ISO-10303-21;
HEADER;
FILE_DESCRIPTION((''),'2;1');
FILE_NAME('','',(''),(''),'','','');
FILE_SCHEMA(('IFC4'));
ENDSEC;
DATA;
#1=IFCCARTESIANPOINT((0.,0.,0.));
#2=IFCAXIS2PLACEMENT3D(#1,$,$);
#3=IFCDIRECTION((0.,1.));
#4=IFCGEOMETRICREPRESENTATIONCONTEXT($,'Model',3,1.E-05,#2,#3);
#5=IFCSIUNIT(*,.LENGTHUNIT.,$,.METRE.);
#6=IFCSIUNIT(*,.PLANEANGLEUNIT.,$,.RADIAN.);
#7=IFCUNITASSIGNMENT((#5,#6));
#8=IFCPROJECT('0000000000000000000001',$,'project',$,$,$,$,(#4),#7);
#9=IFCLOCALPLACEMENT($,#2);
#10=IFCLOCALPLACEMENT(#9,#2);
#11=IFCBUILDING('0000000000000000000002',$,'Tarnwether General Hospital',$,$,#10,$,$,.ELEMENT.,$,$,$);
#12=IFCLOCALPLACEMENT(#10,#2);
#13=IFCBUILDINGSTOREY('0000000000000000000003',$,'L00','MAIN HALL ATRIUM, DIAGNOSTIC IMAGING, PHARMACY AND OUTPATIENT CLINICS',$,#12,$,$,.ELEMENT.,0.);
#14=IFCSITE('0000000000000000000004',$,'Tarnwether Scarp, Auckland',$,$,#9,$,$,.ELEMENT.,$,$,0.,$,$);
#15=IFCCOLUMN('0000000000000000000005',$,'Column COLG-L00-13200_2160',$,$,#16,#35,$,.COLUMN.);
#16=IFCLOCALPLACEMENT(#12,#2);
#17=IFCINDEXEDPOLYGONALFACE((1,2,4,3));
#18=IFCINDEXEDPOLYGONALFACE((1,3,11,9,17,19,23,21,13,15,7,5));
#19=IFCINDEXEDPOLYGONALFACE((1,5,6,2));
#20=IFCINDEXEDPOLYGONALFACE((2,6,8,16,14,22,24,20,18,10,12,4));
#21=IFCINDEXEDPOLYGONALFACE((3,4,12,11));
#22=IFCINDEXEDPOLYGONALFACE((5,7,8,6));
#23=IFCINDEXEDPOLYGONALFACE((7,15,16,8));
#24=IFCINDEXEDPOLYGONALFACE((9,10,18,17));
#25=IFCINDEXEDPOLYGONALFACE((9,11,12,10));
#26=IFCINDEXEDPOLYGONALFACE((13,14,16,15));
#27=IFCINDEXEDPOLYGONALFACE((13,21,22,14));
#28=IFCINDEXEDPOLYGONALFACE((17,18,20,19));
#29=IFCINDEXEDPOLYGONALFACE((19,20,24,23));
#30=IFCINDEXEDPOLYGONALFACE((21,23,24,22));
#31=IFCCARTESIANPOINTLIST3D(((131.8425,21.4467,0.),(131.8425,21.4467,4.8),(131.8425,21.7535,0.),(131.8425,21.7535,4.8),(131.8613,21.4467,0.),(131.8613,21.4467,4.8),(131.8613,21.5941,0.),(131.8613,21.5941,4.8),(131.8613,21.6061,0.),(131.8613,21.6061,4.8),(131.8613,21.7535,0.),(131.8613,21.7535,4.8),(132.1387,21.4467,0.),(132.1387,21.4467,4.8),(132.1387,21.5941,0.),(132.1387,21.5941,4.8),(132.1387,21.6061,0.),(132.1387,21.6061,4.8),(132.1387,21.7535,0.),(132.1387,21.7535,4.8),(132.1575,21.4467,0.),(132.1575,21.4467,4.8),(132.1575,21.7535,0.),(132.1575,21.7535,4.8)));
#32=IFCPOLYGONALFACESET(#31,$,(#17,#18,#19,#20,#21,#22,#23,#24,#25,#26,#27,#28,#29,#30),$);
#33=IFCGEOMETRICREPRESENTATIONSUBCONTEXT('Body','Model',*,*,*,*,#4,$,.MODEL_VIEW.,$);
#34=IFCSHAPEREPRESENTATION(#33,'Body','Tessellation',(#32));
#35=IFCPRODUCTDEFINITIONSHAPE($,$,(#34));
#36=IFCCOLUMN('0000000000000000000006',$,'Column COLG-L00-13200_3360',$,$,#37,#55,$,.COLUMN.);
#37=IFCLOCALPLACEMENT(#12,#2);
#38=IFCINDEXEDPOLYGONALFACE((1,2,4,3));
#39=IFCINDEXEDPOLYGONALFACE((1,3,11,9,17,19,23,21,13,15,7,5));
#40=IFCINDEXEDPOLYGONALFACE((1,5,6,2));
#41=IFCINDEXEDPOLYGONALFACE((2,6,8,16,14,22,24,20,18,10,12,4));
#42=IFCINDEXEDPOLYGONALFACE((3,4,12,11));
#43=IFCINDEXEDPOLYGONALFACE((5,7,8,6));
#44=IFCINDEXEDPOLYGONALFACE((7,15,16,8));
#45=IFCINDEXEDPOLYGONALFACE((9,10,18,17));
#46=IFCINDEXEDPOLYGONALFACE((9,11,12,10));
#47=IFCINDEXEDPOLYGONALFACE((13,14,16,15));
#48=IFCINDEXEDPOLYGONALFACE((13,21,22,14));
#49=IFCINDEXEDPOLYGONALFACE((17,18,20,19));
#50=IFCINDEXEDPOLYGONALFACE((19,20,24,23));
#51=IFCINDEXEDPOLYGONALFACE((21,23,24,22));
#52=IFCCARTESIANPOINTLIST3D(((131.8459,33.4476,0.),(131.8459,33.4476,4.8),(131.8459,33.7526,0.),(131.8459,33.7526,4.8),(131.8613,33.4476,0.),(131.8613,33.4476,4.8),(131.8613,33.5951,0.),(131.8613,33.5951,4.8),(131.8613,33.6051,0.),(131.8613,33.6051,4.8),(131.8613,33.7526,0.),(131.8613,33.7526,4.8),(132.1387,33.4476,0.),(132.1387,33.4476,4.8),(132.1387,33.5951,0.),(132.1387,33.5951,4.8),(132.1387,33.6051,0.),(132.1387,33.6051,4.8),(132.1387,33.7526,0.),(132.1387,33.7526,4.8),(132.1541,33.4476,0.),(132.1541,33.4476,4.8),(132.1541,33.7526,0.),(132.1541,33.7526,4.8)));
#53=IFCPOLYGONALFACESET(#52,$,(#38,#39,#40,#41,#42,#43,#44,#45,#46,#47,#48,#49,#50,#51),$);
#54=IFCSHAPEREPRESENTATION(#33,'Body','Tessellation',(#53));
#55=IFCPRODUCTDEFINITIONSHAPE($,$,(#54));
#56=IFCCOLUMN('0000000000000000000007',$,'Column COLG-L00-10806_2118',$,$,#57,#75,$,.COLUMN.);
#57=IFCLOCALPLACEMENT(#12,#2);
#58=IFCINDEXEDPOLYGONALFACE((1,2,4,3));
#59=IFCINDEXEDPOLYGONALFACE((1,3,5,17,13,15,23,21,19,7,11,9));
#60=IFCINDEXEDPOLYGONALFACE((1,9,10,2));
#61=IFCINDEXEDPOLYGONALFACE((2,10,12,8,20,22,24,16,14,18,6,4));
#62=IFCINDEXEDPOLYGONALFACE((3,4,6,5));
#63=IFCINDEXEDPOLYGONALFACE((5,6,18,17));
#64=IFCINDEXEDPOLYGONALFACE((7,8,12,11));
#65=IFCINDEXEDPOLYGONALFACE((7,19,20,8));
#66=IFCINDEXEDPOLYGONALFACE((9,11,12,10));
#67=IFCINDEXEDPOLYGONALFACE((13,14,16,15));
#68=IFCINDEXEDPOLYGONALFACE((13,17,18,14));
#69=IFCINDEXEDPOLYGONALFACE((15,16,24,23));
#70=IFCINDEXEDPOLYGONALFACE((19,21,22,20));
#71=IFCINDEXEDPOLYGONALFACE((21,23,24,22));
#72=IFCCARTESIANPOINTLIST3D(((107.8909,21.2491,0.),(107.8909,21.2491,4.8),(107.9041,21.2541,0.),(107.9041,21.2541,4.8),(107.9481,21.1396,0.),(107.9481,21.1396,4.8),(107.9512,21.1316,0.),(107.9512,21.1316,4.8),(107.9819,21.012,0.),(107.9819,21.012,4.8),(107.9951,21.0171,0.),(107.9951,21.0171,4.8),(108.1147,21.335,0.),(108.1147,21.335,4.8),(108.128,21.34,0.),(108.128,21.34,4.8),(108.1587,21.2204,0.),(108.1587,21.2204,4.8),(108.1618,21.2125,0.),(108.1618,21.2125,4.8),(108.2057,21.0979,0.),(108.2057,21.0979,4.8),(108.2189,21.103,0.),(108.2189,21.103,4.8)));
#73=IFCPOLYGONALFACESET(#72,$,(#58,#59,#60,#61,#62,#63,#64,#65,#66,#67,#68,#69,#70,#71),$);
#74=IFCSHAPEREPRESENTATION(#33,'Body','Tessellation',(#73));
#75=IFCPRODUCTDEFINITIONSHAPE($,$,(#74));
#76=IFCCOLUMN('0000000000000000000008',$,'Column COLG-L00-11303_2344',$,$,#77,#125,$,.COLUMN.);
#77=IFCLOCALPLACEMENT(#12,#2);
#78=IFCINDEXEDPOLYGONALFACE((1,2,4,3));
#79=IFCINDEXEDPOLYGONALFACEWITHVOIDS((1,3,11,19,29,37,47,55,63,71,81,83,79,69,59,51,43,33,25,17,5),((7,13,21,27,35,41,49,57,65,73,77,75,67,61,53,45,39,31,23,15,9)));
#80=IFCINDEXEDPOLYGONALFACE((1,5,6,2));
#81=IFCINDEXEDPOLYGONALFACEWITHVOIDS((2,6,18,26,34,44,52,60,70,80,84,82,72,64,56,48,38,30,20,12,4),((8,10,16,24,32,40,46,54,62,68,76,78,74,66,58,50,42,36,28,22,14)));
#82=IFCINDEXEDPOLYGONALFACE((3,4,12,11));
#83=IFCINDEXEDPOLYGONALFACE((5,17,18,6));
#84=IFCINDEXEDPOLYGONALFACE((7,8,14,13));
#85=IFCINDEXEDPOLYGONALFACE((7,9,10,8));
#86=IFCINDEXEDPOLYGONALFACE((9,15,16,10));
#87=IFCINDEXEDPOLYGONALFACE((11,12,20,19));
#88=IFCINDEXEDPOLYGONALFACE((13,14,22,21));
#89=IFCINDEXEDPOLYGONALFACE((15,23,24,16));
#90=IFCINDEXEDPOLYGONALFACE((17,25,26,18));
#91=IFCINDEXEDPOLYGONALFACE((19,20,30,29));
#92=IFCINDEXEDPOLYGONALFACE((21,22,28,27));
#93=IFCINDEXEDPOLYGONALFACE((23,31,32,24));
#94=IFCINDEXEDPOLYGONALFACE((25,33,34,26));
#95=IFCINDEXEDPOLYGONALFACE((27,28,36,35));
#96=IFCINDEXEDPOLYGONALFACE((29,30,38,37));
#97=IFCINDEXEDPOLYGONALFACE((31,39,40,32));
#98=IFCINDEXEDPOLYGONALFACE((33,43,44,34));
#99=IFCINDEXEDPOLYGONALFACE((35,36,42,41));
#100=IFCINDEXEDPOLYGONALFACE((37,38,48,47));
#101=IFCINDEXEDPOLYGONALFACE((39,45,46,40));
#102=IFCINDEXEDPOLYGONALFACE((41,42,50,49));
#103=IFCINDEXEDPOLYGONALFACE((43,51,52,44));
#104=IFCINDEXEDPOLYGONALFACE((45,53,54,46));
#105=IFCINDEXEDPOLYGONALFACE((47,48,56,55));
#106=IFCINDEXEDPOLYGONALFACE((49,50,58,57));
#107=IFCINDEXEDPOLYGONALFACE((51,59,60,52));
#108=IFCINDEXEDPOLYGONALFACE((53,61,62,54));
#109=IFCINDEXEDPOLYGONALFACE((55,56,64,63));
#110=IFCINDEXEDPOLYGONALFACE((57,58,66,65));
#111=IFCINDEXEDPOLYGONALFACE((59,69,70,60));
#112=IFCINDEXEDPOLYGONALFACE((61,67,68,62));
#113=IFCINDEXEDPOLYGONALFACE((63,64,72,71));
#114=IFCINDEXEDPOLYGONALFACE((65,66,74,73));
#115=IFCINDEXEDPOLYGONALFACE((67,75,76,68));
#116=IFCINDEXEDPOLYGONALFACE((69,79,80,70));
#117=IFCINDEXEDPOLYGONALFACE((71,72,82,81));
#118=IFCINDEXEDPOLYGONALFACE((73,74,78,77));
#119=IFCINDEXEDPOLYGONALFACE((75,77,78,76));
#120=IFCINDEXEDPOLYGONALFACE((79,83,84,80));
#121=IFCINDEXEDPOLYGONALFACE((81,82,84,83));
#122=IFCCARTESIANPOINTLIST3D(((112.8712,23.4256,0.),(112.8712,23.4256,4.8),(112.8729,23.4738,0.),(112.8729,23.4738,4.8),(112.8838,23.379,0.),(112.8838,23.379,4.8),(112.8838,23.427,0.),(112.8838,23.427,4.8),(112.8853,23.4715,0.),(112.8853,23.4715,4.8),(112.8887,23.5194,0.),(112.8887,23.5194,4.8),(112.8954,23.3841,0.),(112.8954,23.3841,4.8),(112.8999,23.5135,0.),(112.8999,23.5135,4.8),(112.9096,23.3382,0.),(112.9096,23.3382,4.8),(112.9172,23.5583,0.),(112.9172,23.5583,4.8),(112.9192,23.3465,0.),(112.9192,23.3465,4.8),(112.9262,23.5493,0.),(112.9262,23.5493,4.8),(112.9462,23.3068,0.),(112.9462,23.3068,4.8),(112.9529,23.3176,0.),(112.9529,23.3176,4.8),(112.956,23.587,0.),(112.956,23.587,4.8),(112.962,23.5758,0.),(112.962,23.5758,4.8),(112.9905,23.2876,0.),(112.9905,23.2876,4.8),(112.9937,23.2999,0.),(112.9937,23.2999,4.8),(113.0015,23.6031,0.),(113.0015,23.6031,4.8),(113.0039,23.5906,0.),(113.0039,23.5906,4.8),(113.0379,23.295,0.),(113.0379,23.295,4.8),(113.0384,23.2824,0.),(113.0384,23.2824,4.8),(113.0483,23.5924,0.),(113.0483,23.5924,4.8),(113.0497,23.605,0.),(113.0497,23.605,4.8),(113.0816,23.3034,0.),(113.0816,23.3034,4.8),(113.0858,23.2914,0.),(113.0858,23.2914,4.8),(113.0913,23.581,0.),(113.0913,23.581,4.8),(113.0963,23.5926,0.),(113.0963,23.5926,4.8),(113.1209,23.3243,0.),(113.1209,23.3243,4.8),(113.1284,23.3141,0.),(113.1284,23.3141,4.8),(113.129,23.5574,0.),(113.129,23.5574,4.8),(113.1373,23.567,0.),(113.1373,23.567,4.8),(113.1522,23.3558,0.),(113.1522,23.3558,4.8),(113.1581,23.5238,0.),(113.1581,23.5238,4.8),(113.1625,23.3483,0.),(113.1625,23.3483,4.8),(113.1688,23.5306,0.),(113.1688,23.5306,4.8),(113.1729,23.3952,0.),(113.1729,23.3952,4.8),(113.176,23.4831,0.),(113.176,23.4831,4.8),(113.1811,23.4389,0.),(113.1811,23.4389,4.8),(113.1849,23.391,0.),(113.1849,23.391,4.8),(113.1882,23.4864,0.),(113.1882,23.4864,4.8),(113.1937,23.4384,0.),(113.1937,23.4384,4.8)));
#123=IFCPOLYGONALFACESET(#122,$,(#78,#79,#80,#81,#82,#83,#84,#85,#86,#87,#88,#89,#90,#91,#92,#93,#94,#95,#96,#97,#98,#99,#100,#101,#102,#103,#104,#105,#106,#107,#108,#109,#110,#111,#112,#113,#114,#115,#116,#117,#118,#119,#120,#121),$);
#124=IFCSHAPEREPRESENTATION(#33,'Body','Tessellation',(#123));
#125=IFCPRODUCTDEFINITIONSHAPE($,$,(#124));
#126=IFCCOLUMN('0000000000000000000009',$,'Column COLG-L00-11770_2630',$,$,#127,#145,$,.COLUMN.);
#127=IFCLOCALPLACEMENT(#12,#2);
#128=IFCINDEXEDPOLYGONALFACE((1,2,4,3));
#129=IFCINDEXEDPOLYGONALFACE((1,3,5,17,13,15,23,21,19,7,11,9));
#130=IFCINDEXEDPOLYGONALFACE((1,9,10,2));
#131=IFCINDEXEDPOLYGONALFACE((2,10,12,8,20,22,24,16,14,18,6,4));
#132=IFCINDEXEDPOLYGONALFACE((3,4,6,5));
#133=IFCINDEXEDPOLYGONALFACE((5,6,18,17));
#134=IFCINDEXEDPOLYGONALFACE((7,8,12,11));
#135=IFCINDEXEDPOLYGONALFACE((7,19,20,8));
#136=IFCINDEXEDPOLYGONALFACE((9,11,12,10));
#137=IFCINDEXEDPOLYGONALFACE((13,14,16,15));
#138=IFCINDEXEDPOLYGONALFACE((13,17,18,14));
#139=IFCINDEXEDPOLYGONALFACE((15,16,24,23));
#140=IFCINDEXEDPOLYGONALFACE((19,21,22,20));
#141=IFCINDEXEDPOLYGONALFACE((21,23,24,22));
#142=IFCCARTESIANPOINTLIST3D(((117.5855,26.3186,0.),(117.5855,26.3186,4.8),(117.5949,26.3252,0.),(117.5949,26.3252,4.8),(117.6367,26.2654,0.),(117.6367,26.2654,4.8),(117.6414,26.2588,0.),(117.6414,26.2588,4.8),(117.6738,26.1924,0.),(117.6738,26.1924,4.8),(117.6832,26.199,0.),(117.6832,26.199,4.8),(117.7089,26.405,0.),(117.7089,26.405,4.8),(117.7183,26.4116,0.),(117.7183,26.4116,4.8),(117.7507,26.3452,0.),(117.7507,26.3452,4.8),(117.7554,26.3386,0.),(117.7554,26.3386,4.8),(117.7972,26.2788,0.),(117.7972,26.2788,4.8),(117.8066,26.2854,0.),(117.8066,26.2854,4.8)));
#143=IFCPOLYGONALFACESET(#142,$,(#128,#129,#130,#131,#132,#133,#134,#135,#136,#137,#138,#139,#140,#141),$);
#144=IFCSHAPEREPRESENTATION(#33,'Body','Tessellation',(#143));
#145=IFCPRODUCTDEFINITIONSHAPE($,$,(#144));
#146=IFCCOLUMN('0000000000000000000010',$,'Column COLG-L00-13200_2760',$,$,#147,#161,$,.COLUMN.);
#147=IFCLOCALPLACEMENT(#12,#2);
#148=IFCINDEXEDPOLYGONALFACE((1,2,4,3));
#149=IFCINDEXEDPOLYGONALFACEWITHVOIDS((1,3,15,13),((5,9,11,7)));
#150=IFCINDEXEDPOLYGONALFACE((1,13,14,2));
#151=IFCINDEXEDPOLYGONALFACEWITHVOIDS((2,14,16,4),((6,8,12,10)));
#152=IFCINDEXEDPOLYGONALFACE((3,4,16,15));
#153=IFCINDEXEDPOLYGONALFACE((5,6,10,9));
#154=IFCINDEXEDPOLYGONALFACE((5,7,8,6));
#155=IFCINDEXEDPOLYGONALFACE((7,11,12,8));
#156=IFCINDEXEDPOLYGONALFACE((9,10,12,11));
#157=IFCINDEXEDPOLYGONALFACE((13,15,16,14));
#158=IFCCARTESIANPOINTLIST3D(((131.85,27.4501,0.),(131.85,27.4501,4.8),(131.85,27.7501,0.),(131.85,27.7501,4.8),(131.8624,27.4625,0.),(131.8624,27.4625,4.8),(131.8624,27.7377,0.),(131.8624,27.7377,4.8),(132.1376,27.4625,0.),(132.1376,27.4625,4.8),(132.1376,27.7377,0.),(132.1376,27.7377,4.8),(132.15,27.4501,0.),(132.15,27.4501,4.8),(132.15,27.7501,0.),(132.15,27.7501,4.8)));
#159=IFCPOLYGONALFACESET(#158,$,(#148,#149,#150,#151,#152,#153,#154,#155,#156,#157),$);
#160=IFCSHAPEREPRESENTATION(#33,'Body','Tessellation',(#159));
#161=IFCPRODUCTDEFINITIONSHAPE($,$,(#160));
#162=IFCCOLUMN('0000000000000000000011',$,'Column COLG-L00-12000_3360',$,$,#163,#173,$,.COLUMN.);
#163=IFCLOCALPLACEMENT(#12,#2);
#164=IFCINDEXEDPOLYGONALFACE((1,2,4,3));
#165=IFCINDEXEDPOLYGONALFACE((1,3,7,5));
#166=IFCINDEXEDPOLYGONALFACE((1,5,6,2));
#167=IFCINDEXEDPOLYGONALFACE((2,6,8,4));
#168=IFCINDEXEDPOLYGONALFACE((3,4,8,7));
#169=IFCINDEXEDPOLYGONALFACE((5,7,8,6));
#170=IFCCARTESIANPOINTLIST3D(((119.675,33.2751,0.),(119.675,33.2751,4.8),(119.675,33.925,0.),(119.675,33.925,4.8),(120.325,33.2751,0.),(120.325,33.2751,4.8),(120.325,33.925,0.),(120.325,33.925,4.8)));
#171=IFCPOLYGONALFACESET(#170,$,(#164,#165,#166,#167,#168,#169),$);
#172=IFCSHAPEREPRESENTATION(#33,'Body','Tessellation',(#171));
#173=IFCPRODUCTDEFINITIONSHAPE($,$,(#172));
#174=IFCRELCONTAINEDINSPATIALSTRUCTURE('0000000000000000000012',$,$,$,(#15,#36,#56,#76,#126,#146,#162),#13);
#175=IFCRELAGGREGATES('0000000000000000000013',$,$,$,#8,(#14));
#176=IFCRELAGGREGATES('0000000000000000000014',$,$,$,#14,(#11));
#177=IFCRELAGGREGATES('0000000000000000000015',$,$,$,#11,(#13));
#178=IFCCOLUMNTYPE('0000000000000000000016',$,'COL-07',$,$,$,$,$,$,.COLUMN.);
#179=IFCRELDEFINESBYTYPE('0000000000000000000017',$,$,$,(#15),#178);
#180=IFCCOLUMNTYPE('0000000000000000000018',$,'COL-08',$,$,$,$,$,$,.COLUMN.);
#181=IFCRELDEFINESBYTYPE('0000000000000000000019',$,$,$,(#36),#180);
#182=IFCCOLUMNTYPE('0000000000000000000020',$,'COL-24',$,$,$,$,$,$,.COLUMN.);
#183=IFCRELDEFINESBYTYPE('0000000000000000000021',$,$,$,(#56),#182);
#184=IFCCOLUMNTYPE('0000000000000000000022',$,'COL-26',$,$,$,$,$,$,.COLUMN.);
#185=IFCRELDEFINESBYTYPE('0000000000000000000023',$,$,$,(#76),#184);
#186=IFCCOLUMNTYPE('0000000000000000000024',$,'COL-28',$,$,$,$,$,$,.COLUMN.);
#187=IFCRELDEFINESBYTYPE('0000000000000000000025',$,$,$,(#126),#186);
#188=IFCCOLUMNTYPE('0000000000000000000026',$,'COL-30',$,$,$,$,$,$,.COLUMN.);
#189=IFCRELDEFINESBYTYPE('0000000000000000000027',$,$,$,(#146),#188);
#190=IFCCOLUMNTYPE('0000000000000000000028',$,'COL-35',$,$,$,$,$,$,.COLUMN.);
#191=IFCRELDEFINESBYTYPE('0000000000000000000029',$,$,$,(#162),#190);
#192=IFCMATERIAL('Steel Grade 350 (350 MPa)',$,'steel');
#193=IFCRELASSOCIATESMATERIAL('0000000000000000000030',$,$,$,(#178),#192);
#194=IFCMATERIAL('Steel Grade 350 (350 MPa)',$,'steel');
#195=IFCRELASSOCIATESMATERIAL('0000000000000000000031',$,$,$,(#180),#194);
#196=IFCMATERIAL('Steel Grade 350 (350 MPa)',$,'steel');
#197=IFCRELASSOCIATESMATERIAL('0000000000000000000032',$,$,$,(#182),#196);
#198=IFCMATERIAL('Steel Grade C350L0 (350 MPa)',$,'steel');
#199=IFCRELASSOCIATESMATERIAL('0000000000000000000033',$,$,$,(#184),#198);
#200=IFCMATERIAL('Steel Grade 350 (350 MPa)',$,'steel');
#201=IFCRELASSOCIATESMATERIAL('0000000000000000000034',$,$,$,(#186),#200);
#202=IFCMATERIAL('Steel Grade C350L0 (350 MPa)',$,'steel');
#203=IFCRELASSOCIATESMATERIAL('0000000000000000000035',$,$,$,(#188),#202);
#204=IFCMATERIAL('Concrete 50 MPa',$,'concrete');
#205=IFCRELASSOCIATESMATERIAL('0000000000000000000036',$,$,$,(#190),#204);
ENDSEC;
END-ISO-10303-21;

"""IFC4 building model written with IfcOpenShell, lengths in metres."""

from ifc_helpers import new_model, si_unit, direction, frame, origin, origin_2d, place, context, subcontext, project, spatial, rectangle, hollow_rectangle, hollow_circle, i_section, extrude, material, material_profile, profile_set, type_object, element, save


model = new_model("IFC4")

# Units and contexts
model_context = context("Model", 3, precision=1e-05, world=origin(), true_north=direction((0.0, 1.0)))
body_context = subcontext(model_context, "Body", "Model", "MODEL_VIEW")
ifc_project = project(units=[si_unit("LENGTHUNIT", "METRE"), si_unit("PLANEANGLEUNIT", "RADIAN")], contexts=[model_context])

# Site, building, storey
site_placement = place(None, origin())
site = spatial("IfcSite", under=ifc_project, at=site_placement, Name="Tarnwether Scarp, Auckland", CompositionType="ELEMENT", RefElevation=0.0)
building_placement = place(site_placement, origin())
building = spatial("IfcBuilding", under=site, at=building_placement, Name="Tarnwether General Hospital", CompositionType="ELEMENT")
storey_placement = place(building_placement, origin())
storey = spatial("IfcBuildingStorey", under=building, at=storey_placement, Name="L00", Description="MAIN HALL ATRIUM, DIAGNOSTIC IMAGING, PHARMACY AND OUTPATIENT CLINICS", CompositionType="ELEMENT", Elevation=0.0)

# Columns
ifc_material_1 = material(Name="Steel Grade 350 (350 MPa)", Category="steel")
ifc_material_profile_1 = material_profile(ifc_material_1, i_section(OverallWidth=0.3069, OverallDepth=0.3149, WebThickness=0.012, FlangeThickness=0.0188, at=origin_2d()), Name="310UC118")
ifc_profile_set_1 = profile_set([ifc_material_profile_1], Name="Steel Grade 350 (350 MPa)")
column_type_1 = type_object("IfcColumnType", Name="COL-07", PredefinedType="COLUMN", material=ifc_profile_set_1)
column_1_placement = place(storey_placement, frame((132.0, 21.6001, 0.0), z_axis=(0.0, 0.0, 1.0), x_axis=(0.0, 1.0, 0.0)))
element("IfcColumn", 1, at=column_1_placement, inside=storey, type_object=column_type_1, Name="Column COLG-L00-13200_2160", PredefinedType="COLUMN", context=body_context, shape_type="SweptSolid", body=[
    extrude(i_section(OverallWidth=0.3069, OverallDepth=0.3149, WebThickness=0.012, FlangeThickness=0.0188, at=origin_2d()), origin(), (0.0, 0.0, 1.0), 4.8),
])
ifc_material_2 = material(Name="Steel Grade 350 (350 MPa)", Category="steel")
ifc_material_profile_2 = material_profile(ifc_material_2, i_section(OverallWidth=0.3049, OverallDepth=0.3081, WebThickness=0.01, FlangeThickness=0.0154, at=origin_2d()), Name="310UC96.8")
ifc_profile_set_2 = profile_set([ifc_material_profile_2], Name="Steel Grade 350 (350 MPa)")
column_type_2 = type_object("IfcColumnType", Name="COL-08", PredefinedType="COLUMN", material=ifc_profile_set_2)
column_2_placement = place(storey_placement, frame((132.0, 33.6001, 0.0), z_axis=(0.0, 0.0, 1.0), x_axis=(0.0, 1.0, 0.0)))
element("IfcColumn", 2, at=column_2_placement, inside=storey, type_object=column_type_2, Name="Column COLG-L00-13200_3360", PredefinedType="COLUMN", context=body_context, shape_type="SweptSolid", body=[
    extrude(i_section(OverallWidth=0.3049, OverallDepth=0.3081, WebThickness=0.01, FlangeThickness=0.0154, at=origin_2d()), origin(), (0.0, 0.0, 1.0), 4.8),
])
ifc_material_3 = material(Name="Steel Grade 350 (350 MPa)", Category="steel")
ifc_material_profile_3 = material_profile(ifc_material_3, i_section(OverallWidth=0.2539, OverallDepth=0.2539, WebThickness=0.0085, FlangeThickness=0.0142, at=origin_2d()), Name="250UC72.9")
ifc_profile_set_3 = profile_set([ifc_material_profile_3], Name="Steel Grade 350 (350 MPa)")
column_type_3 = type_object("IfcColumnType", Name="COL-24", PredefinedType="COLUMN", material=ifc_profile_set_3)
column_3_placement = place(storey_placement, frame((108.0549, 21.176, 0.0), z_axis=(0.0, 0.0, 1.0), x_axis=(-0.358368, 0.93358, 0.0)))
element("IfcColumn", 3, at=column_3_placement, inside=storey, type_object=column_type_3, Name="Column COLG-L00-10806_2118", PredefinedType="COLUMN", context=body_context, shape_type="SweptSolid", body=[
    extrude(i_section(OverallWidth=0.2539, OverallDepth=0.2539, WebThickness=0.0085, FlangeThickness=0.0142, at=origin_2d()), origin(), (0.0, 0.0, 1.0), 4.8),
])
ifc_material_4 = material(Name="Steel Grade C350L0 (350 MPa)", Category="steel")
ifc_material_profile_4 = material_profile(ifc_material_4, hollow_circle(Radius=0.1619, WallThickness=0.0127, at=origin_2d()), Name="CHS323.9x12.7")
ifc_profile_set_4 = profile_set([ifc_material_profile_4], Name="Steel Grade C350L0 (350 MPa)")
column_type_4 = type_object("IfcColumnType", Name="COL-26", PredefinedType="COLUMN", material=ifc_profile_set_4)
column_4_placement = place(storey_placement, frame((113.032, 23.4441, 0.0), z_axis=(0.0, 0.0, 1.0), x_axis=(-0.469472, 0.882948, 0.0)))
element("IfcColumn", 4, at=column_4_placement, inside=storey, type_object=column_type_4, Name="Column COLG-L00-11303_2344", PredefinedType="COLUMN", context=body_context, shape_type="SweptSolid", body=[
    extrude(hollow_circle(Radius=0.1619, WallThickness=0.0127, at=origin_2d()), origin(), (0.0, 0.0, 1.0), 4.8),
])
ifc_material_5 = material(Name="Steel Grade 350 (350 MPa)", Category="steel")
ifc_material_profile_5 = material_profile(ifc_material_5, i_section(OverallWidth=0.1541, OverallDepth=0.1621, WebThickness=0.0081, FlangeThickness=0.0115, at=origin_2d()), Name="150UC37.2")
ifc_profile_set_5 = profile_set([ifc_material_profile_5], Name="Steel Grade 350 (350 MPa)")
column_type_5 = type_object("IfcColumnType", Name="COL-28", PredefinedType="COLUMN", material=ifc_profile_set_5)
column_5_placement = place(storey_placement, frame((117.696, 26.302, 0.0), z_axis=(0.0, 0.0, 1.0), x_axis=(-0.573576, 0.819152, 0.0)))
element("IfcColumn", 5, at=column_5_placement, inside=storey, type_object=column_type_5, Name="Column COLG-L00-11770_2630", PredefinedType="COLUMN", context=body_context, shape_type="SweptSolid", body=[
    extrude(i_section(OverallWidth=0.1541, OverallDepth=0.1621, WebThickness=0.0081, FlangeThickness=0.0115, at=origin_2d()), origin(), (0.0, 0.0, 1.0), 4.8),
])
ifc_material_6 = material(Name="Steel Grade C350L0 (350 MPa)", Category="steel")
ifc_material_profile_6 = material_profile(ifc_material_6, hollow_rectangle(XDim=0.3, YDim=0.3, WallThickness=0.0125, at=origin_2d()), Name="SHS300x300x12.5")
ifc_profile_set_6 = profile_set([ifc_material_profile_6], Name="Steel Grade C350L0 (350 MPa)")
column_type_6 = type_object("IfcColumnType", Name="COL-30", PredefinedType="COLUMN", material=ifc_profile_set_6)
column_6_placement = place(storey_placement, frame((132.0, 27.6001, 0.0), z_axis=(0.0, 0.0, 1.0), x_axis=(1.0, 0.0, 0.0)))
element("IfcColumn", 6, at=column_6_placement, inside=storey, type_object=column_type_6, Name="Column COLG-L00-13200_2760", PredefinedType="COLUMN", context=body_context, shape_type="SweptSolid", body=[
    extrude(hollow_rectangle(XDim=0.3, YDim=0.3, WallThickness=0.0125, at=origin_2d()), origin(), (0.0, 0.0, 1.0), 4.8),
])
ifc_material_7 = material(Name="Concrete 50 MPa", Category="concrete")
ifc_material_profile_7 = material_profile(ifc_material_7, rectangle(XDim=0.6499, YDim=0.6499, at=origin_2d()), Name="RC-COL-650x650")
ifc_profile_set_7 = profile_set([ifc_material_profile_7], Name="Concrete 50 MPa")
column_type_7 = type_object("IfcColumnType", Name="COL-35", PredefinedType="COLUMN", material=ifc_profile_set_7)
column_7_placement = place(storey_placement, frame((120.0, 33.6001, 0.0), z_axis=(0.0, 0.0, 1.0), x_axis=(1.0, 0.0, 0.0)))
element("IfcColumn", 7, at=column_7_placement, inside=storey, type_object=column_type_7, Name="Column COLG-L00-12000_3360", PredefinedType="COLUMN", context=body_context, shape_type="SweptSolid", body=[
    extrude(rectangle(XDim=0.6499, YDim=0.6499, at=origin_2d()), origin(), (0.0, 0.0, 1.0), 4.8),
])

save(model, "model.ifc")
